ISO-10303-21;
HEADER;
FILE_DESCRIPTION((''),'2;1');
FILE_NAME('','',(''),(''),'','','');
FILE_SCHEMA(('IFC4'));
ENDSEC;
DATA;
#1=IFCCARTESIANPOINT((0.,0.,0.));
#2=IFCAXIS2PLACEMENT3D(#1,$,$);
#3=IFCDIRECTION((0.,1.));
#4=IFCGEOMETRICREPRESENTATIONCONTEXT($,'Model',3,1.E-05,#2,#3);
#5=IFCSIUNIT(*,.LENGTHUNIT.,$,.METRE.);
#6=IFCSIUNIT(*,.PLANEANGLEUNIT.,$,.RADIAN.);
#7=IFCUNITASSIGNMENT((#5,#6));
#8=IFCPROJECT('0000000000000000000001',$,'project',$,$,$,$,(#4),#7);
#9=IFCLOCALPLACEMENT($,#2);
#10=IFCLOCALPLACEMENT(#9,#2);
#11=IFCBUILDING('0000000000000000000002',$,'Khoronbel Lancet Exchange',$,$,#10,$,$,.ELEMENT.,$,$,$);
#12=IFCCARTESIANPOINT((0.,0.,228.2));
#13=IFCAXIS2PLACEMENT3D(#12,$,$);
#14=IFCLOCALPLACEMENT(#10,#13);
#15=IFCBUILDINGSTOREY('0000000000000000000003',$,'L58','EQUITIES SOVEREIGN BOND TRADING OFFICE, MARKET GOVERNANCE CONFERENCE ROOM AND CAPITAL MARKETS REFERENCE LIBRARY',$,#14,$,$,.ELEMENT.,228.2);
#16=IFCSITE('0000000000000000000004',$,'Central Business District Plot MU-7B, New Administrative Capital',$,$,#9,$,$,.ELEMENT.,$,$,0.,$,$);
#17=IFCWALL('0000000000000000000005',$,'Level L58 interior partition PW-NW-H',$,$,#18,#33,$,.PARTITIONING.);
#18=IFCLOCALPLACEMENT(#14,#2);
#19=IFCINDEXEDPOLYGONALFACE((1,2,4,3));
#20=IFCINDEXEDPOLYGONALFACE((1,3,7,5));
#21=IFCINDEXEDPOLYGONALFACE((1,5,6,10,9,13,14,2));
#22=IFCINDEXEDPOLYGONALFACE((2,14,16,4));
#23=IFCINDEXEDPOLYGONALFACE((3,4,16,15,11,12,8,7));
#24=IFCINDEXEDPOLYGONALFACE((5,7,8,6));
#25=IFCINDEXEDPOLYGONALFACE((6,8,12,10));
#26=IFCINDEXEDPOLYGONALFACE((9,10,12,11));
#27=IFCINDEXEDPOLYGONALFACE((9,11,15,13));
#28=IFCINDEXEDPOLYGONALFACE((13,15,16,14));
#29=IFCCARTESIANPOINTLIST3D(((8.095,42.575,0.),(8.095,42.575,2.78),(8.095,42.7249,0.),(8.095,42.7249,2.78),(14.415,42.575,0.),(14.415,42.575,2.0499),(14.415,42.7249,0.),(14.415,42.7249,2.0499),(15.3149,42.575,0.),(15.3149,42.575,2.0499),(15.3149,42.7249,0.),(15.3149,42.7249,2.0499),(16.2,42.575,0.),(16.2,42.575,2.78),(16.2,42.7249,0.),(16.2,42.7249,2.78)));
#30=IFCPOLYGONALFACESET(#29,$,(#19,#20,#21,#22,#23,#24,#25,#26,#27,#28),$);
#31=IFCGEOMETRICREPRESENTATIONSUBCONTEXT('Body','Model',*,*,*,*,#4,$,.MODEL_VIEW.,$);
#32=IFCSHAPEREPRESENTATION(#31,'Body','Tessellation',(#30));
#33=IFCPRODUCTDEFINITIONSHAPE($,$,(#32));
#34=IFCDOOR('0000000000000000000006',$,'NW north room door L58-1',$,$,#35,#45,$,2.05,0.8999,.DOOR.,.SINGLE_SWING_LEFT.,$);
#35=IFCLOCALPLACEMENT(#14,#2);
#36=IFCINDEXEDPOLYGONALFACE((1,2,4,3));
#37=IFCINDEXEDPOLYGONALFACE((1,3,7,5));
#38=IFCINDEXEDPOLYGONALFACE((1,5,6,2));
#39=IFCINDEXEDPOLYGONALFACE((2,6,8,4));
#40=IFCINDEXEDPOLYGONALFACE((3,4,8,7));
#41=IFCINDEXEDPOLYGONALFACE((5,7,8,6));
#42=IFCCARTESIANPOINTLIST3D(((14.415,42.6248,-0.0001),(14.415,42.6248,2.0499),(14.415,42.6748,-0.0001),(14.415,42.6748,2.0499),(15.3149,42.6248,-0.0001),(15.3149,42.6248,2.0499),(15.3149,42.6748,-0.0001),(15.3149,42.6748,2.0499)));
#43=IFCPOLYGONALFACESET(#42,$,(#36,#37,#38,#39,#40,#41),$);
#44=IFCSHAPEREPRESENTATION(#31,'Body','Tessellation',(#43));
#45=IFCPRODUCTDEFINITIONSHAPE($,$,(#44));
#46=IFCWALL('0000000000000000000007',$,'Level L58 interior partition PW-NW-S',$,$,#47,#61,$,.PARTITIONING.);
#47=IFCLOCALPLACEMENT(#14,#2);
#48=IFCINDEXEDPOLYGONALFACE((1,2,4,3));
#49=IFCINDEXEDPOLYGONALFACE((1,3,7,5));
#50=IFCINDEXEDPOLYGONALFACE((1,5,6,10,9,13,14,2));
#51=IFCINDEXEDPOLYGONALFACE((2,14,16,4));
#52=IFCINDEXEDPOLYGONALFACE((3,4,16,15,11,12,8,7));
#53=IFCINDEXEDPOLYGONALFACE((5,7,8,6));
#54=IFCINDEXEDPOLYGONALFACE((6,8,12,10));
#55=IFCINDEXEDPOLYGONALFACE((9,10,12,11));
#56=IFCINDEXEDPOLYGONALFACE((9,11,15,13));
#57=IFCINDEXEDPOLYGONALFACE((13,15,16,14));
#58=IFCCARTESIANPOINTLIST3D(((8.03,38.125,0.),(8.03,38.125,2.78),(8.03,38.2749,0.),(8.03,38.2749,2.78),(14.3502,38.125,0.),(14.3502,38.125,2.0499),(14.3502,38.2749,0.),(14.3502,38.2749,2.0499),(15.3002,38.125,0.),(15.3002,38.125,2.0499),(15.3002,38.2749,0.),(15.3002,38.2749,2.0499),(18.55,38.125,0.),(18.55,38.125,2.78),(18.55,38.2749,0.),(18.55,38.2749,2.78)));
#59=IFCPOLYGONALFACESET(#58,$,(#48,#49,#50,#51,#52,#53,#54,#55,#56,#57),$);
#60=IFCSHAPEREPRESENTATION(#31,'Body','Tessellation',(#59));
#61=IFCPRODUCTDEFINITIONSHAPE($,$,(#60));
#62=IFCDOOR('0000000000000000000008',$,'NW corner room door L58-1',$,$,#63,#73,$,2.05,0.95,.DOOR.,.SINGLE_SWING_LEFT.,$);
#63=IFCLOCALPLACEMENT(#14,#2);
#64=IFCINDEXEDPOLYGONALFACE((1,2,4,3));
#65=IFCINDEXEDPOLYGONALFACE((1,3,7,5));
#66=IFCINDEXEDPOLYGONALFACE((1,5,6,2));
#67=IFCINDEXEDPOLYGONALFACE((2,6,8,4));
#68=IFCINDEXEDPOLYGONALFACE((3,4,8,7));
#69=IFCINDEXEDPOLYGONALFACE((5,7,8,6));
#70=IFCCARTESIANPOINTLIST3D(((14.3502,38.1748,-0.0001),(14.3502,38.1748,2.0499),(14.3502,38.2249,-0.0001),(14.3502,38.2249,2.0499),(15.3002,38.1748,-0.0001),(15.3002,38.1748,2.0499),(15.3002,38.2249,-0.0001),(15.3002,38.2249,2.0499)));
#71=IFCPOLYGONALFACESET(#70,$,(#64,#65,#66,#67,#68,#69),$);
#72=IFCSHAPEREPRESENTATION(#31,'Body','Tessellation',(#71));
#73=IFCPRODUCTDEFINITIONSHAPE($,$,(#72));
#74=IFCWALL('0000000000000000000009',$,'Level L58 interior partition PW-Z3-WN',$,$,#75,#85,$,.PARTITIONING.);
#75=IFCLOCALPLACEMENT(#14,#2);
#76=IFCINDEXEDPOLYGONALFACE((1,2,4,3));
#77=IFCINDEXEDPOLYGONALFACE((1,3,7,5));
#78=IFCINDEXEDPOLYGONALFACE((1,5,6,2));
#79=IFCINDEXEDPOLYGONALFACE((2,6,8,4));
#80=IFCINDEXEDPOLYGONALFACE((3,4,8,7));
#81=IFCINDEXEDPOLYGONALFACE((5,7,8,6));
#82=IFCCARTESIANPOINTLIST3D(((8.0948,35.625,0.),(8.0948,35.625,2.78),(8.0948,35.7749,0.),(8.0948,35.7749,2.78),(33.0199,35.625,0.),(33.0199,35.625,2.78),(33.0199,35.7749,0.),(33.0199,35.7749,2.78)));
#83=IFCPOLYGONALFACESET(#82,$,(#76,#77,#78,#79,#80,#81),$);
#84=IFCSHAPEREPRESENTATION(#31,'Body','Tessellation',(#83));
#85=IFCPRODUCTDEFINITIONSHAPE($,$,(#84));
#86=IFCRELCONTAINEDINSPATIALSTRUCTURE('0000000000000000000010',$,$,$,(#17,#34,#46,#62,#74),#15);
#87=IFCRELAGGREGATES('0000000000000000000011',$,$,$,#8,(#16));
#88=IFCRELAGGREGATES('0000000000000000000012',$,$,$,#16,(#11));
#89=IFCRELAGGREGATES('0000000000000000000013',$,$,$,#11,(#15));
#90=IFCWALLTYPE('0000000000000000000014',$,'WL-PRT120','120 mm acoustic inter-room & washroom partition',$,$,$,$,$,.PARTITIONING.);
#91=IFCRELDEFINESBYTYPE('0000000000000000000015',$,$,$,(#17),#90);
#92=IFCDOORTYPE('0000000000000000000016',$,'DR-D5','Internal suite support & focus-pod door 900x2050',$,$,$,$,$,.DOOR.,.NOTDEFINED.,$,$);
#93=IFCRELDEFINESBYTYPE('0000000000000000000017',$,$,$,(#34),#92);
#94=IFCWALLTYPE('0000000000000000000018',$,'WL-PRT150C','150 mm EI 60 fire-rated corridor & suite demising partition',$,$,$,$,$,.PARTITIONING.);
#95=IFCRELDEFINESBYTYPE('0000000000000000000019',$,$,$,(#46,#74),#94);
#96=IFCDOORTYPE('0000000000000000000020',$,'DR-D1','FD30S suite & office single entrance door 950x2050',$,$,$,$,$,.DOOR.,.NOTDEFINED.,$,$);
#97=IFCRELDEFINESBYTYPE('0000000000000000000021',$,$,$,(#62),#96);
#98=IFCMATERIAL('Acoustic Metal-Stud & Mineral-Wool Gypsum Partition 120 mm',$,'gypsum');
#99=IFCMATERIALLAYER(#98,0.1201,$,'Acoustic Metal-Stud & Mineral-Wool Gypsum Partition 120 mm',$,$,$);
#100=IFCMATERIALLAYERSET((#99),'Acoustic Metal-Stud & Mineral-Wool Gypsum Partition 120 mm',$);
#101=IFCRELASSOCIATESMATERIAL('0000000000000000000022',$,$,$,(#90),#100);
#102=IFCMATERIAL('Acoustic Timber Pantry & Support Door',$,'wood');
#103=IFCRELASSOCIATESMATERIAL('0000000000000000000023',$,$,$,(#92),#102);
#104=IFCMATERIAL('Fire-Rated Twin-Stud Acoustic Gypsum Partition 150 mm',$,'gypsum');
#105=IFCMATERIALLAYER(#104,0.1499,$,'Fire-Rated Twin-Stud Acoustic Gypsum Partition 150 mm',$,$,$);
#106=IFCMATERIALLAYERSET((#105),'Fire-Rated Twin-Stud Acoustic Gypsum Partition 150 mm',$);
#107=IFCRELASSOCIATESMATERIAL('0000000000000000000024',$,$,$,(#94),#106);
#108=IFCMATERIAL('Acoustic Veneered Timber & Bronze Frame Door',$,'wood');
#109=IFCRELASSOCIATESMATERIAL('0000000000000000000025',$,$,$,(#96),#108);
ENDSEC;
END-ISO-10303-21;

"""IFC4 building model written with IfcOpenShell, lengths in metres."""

from ifc_helpers import new_model, si_unit, direction, frame, frame_2d, origin, place, context, subcontext, project, spatial, rectangle, extrude, material, layer, layer_set, type_object, element, fill, save


model = new_model("IFC4")

# Units and contexts
model_context = context("Model", 3, precision=1e-05, world=origin(), true_north=direction((0.0, 1.0)))
body_context = subcontext(model_context, "Body", "Model", "MODEL_VIEW")
ifc_project = project(units=[si_unit("LENGTHUNIT", "METRE"), si_unit("PLANEANGLEUNIT", "RADIAN")], contexts=[model_context])

# Site, building, storey
site_placement = place(None, origin())
site = spatial("IfcSite", under=ifc_project, at=site_placement, Name="Central Business District Plot MU-7B, New Administrative Capital", CompositionType="ELEMENT", RefElevation=0.0)
building_placement = place(site_placement, origin())
building = spatial("IfcBuilding", under=site, at=building_placement, Name="Khoronbel Lancet Exchange", CompositionType="ELEMENT")
storey_placement = place(building_placement, frame((0.0, 0.0, 228.2)))
storey = spatial("IfcBuildingStorey", under=building, at=storey_placement, Name="L58", Description="EQUITIES SOVEREIGN BOND TRADING OFFICE, MARKET GOVERNANCE CONFERENCE ROOM AND CAPITAL MARKETS REFERENCE LIBRARY", CompositionType="ELEMENT", Elevation=228.2)

# Walls, openings, doors
ifc_material_1 = material(Name="Acoustic Metal-Stud & Mineral-Wool Gypsum Partition 120 mm", Category="gypsum")
ifc_layer_1 = layer(ifc_material_1, 0.1201, Name="Acoustic Metal-Stud & Mineral-Wool Gypsum Partition 120 mm")
ifc_layer_set_1 = layer_set([ifc_layer_1], Name="Acoustic Metal-Stud & Mineral-Wool Gypsum Partition 120 mm")
wall_type_1 = type_object("IfcWallType", Name="WL-PRT120", Description="120 mm acoustic inter-room & washroom partition", PredefinedType="PARTITIONING", material=ifc_layer_set_1)
wall_1_placement = place(storey_placement, frame((8.095, 42.6499, 0.0), z_axis=(0.0, 0.0, 1.0), x_axis=(1.0, 0.0, 0.0)))
wall_1 = element("IfcWall", 1, at=wall_1_placement, inside=storey, type_object=wall_type_1, Name="Level L58 interior partition PW-NW-H", PredefinedType="PARTITIONING", context=body_context, shape_type="SweptSolid", body=[
    extrude(rectangle(XDim=8.105, YDim=0.1499, at=frame_2d((4.0525, 0.0))), origin(), (0.0, 0.0, 1.0), 2.78),
])
opening_1_placement = place(wall_1_placement, frame((6.3201, 0.0, 0.0)))
opening_1 = element("IfcOpeningElement", 2, at=opening_1_placement, cuts=wall_1, PredefinedType="OPENING", context=body_context, shape_type="SweptSolid", body=[
    extrude(rectangle(XDim=0.8999, YDim=2.05, at=frame_2d((0.45, 1.0249))), frame((0.0, 0.085, 0.0), z_axis=(0.0, -1.0, 0.0), x_axis=(1.0, 0.0, 0.0)), (0.0, 0.0, 1.0), 0.1699),
])
ifc_material_2 = material(Name="Acoustic Timber Pantry & Support Door", Category="wood")
door_type_1 = type_object("IfcDoorType", Name="DR-D5", Description="Internal suite support & focus-pod door 900x2050", OperationType="NOTDEFINED", PredefinedType="DOOR", material=ifc_material_2)
door_1_placement = place(opening_1_placement, origin())
door_1 = element("IfcDoor", 3, at=door_1_placement, inside=storey, type_object=door_type_1, Name="NW north room door L58-1", OperationType="SINGLE_SWING_LEFT", OverallHeight=2.05, OverallWidth=0.8999, PredefinedType="DOOR", context=body_context, shape_type="SweptSolid", body=[
    extrude(rectangle(XDim=0.8999, YDim=2.05, at=frame_2d((0.45, 1.0249))), frame((0.0, 0.0249, 0.0), z_axis=(0.0, -1.0, 0.0), x_axis=(1.0, 0.0, 0.0)), (0.0, 0.0, 1.0), 0.05),
])
fill(opening_1, door_1)
ifc_material_3 = material(Name="Fire-Rated Twin-Stud Acoustic Gypsum Partition 150 mm", Category="gypsum")
ifc_layer_2 = layer(ifc_material_3, 0.1499, Name="Fire-Rated Twin-Stud Acoustic Gypsum Partition 150 mm")
ifc_layer_set_2 = layer_set([ifc_layer_2], Name="Fire-Rated Twin-Stud Acoustic Gypsum Partition 150 mm")
wall_type_2 = type_object("IfcWallType", Name="WL-PRT150C", Description="150 mm EI 60 fire-rated corridor & suite demising partition", PredefinedType="PARTITIONING", material=ifc_layer_set_2)
wall_2_placement = place(storey_placement, frame((8.03, 38.2, 0.0), z_axis=(0.0, 0.0, 1.0), x_axis=(1.0, 0.0, 0.0)))
wall_2 = element("IfcWall", 4, at=wall_2_placement, inside=storey, type_object=wall_type_2, Name="Level L58 interior partition PW-NW-S", PredefinedType="PARTITIONING", context=body_context, shape_type="SweptSolid", body=[
    extrude(rectangle(XDim=10.52, YDim=0.1499, at=frame_2d((5.26, 0.0))), origin(), (0.0, 0.0, 1.0), 2.78),
])
opening_2_placement = place(wall_2_placement, frame((6.3201, 0.0, 0.0)))
opening_2 = element("IfcOpeningElement", 5, at=opening_2_placement, cuts=wall_2, PredefinedType="OPENING", context=body_context, shape_type="SweptSolid", body=[
    extrude(rectangle(XDim=0.95, YDim=2.05, at=frame_2d((0.4751, 1.0249))), frame((0.0, 0.085, 0.0), z_axis=(0.0, -1.0, 0.0), x_axis=(1.0, 0.0, 0.0)), (0.0, 0.0, 1.0), 0.1699),
])
ifc_material_4 = material(Name="Acoustic Veneered Timber & Bronze Frame Door", Category="wood")
door_type_2 = type_object("IfcDoorType", Name="DR-D1", Description="FD30S suite & office single entrance door 950x2050", OperationType="NOTDEFINED", PredefinedType="DOOR", material=ifc_material_4)
door_2_placement = place(opening_2_placement, origin())
door_2 = element("IfcDoor", 6, at=door_2_placement, inside=storey, type_object=door_type_2, Name="NW corner room door L58-1", OperationType="SINGLE_SWING_LEFT", OverallHeight=2.05, OverallWidth=0.95, PredefinedType="DOOR", context=body_context, shape_type="SweptSolid", body=[
    extrude(rectangle(XDim=0.95, YDim=2.05, at=frame_2d((0.4751, 1.0249))), frame((0.0, 0.0249, 0.0), z_axis=(0.0, -1.0, 0.0), x_axis=(1.0, 0.0, 0.0)), (0.0, 0.0, 1.0), 0.05),
])
fill(opening_2, door_2)

# Wall
wall_3_placement = place(storey_placement, frame((8.095, 35.7, 0.0), z_axis=(0.0, 0.0, 1.0), x_axis=(1.0, 0.0, 0.0)))
element("IfcWall", 7, at=wall_3_placement, inside=storey, type_object=wall_type_2, Name="Level L58 interior partition PW-Z3-WN", PredefinedType="PARTITIONING", context=body_context, shape_type="SweptSolid", body=[
    extrude(rectangle(XDim=24.925, YDim=0.1499, at=frame_2d((12.4624, 0.0))), origin(), (0.0, 0.0, 1.0), 2.78),
])

save(model, "model.ifc")
